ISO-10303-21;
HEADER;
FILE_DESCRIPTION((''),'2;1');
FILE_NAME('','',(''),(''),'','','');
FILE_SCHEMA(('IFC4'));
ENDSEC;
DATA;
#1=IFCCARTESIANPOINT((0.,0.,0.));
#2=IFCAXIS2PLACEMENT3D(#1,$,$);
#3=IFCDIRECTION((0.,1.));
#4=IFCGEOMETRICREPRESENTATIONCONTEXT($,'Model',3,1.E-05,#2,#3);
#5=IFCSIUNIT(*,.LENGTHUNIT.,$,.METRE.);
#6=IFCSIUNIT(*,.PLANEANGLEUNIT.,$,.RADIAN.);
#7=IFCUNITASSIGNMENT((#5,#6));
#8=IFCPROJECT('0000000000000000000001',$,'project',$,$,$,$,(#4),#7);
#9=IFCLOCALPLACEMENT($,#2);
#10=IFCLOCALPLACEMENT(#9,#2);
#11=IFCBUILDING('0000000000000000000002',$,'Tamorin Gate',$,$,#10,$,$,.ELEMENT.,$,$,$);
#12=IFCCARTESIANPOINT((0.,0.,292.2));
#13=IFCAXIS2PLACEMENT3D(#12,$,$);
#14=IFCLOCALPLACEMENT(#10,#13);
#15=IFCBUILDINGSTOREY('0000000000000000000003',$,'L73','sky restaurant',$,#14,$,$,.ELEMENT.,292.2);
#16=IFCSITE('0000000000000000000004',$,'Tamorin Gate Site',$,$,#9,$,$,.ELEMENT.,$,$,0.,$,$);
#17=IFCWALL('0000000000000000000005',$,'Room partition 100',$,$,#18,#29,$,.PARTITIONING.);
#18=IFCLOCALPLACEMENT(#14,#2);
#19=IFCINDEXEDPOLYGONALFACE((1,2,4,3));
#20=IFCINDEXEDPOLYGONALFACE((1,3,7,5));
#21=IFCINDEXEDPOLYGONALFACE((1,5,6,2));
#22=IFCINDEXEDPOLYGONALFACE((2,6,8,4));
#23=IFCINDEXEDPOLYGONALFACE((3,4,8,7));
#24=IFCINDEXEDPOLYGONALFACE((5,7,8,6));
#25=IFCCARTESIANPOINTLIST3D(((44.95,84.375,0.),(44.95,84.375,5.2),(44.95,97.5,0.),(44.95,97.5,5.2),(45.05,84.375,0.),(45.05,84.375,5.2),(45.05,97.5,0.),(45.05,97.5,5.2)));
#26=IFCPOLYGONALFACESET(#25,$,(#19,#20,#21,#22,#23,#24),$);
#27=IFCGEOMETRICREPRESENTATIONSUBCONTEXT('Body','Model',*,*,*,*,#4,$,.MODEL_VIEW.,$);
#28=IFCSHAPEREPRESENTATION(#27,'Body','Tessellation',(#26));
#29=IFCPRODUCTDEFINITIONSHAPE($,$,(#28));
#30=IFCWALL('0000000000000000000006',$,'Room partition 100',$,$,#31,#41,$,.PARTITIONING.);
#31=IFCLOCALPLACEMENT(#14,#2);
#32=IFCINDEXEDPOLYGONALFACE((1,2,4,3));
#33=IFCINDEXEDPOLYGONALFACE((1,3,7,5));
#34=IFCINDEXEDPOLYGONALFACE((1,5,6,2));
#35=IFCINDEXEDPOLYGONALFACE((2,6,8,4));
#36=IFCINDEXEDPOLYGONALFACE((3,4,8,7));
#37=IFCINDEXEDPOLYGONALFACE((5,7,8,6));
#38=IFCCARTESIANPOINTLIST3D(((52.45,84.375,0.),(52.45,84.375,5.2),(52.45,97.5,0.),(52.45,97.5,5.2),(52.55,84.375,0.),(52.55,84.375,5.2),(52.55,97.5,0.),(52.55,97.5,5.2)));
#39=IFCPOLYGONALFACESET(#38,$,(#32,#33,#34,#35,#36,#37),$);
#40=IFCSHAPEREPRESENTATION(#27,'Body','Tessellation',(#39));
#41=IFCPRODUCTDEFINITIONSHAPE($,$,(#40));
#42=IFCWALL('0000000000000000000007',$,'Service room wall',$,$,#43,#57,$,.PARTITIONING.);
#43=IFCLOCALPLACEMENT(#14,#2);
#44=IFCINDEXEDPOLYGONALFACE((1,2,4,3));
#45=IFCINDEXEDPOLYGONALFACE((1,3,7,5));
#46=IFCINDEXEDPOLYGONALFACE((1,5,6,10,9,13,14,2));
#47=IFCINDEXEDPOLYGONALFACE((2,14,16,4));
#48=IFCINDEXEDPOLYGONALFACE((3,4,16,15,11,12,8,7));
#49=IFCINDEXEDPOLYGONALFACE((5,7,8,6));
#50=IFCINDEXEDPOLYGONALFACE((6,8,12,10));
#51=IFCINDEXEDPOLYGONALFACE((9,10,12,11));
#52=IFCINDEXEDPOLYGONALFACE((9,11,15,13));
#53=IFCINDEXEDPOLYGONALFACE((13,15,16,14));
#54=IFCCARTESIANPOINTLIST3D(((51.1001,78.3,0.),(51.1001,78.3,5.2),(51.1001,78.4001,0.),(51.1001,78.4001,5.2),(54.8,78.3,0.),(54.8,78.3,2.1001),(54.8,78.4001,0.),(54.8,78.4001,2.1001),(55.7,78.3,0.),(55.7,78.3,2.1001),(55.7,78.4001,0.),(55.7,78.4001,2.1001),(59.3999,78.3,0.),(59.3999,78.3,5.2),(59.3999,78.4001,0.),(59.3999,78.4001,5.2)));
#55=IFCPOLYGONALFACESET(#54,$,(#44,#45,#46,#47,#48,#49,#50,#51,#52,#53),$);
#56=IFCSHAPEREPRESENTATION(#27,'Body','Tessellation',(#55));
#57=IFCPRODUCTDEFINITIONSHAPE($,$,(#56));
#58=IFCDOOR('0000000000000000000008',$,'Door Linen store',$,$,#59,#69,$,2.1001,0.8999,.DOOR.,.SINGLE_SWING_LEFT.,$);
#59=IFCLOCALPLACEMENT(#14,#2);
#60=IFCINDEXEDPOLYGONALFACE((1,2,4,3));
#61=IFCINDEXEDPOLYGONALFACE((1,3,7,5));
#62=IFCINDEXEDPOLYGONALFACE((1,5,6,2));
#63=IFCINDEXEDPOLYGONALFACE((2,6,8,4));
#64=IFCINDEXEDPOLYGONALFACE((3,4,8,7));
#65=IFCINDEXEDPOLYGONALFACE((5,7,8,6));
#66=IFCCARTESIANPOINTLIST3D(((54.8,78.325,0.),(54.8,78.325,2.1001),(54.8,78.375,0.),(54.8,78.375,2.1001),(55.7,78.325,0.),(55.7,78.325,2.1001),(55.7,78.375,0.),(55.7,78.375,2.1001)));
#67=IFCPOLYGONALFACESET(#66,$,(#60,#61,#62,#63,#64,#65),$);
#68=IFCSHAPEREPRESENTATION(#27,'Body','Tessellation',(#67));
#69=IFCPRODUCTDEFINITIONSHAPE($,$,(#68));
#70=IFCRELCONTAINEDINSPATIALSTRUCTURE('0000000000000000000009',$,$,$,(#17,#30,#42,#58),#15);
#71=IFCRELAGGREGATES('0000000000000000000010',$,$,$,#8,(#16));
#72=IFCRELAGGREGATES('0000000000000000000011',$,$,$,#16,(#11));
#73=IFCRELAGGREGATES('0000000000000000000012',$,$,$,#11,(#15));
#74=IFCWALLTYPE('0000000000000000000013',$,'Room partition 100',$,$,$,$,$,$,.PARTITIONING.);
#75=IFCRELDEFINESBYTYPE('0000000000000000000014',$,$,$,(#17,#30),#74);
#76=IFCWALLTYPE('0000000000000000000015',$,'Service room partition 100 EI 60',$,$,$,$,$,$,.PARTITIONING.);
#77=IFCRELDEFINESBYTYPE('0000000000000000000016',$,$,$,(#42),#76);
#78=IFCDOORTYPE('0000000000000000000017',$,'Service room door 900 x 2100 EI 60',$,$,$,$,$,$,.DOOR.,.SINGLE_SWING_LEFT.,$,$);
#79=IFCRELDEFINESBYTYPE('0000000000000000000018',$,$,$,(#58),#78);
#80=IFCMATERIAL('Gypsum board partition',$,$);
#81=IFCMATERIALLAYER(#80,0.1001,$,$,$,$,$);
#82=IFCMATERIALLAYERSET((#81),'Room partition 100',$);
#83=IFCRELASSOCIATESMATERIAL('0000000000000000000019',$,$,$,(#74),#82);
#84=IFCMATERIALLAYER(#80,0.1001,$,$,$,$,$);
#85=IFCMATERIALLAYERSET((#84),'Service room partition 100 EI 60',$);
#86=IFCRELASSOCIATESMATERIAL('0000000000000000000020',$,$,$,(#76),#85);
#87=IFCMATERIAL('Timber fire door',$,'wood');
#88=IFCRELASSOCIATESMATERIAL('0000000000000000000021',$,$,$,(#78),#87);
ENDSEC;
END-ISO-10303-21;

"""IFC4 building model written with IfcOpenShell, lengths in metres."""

from ifc_helpers import new_model, si_unit, direction, frame, frame_2d, origin, place, context, subcontext, project, spatial, rectangle, extrude, material, layer, layer_set, type_object, element, fill, save


model = new_model("IFC4")

# Units and contexts
model_context = context("Model", 3, precision=1e-05, world=origin(), true_north=direction((0.0, 1.0)))
body_context = subcontext(model_context, "Body", "Model", "MODEL_VIEW")
ifc_project = project(units=[si_unit("LENGTHUNIT", "METRE"), si_unit("PLANEANGLEUNIT", "RADIAN")], contexts=[model_context])

# Site, building, storey
site_placement = place(None, origin())
site = spatial("IfcSite", under=ifc_project, at=site_placement, Name="Tamorin Gate Site", CompositionType="ELEMENT", RefElevation=0.0)
building_placement = place(site_placement, origin())
building = spatial("IfcBuilding", under=site, at=building_placement, Name="Tamorin Gate", CompositionType="ELEMENT")
storey_placement = place(building_placement, frame((0.0, 0.0, 292.2)))
storey = spatial("IfcBuildingStorey", under=building, at=storey_placement, Name="L73", Description="sky restaurant", CompositionType="ELEMENT", Elevation=292.2)

# Shared definitions
ifc_material_1 = material(Name="Gypsum board partition")

# Walls
ifc_layer_1 = layer(ifc_material_1, 0.1001)
ifc_layer_set_1 = layer_set([ifc_layer_1], Name="Room partition 100")
wall_type_1 = type_object("IfcWallType", Name="Room partition 100", PredefinedType="PARTITIONING", material=ifc_layer_set_1)
for number, where, z_axis, x_axis, name in (
    (1, (45.0, 84.375, 0.0), (0.0, 0.0, 1.0), (0.0, 1.0, 0.0), "Room partition 100"),
    (2, (52.5, 84.375, 0.0), (0.0, 0.0, 1.0), (0.0, 1.0, 0.0), "Room partition 100"),
):
    element("IfcWall", number, at=place(storey_placement, frame(where, z_axis=z_axis, x_axis=x_axis)), inside=storey, type_object=wall_type_1, Name=name, PredefinedType="PARTITIONING", context=body_context, shape_type="SweptSolid", body=[
        extrude(rectangle(XDim=13.125, YDim=0.1001, at=frame_2d((6.5625, 0.0))), origin(), (0.0, 0.0, 1.0), 5.2),
    ])

# Wall, opening, door
ifc_layer_2 = layer(ifc_material_1, 0.1001)
ifc_layer_set_2 = layer_set([ifc_layer_2], Name="Service room partition 100 EI 60")
wall_type_2 = type_object("IfcWallType", Name="Service room partition 100 EI 60", PredefinedType="PARTITIONING", material=ifc_layer_set_2)
wall_1_placement = place(storey_placement, frame((51.1001, 78.3501, 0.0), z_axis=(0.0, 0.0, 1.0), x_axis=(1.0, 0.0, 0.0)))
wall_1 = element("IfcWall", 3, at=wall_1_placement, inside=storey, type_object=wall_type_2, Name="Service room wall", PredefinedType="PARTITIONING", context=body_context, shape_type="SweptSolid", body=[
    extrude(rectangle(XDim=8.2998, YDim=0.1001, at=frame_2d((4.1499, 0.0))), origin(), (0.0, 0.0, 1.0), 5.2),
])
opening_1_placement = place(wall_1_placement, frame((3.7, 0.0, 0.0)))
opening_1 = element("IfcOpeningElement", 4, at=opening_1_placement, cuts=wall_1, PredefinedType="OPENING", context=body_context, shape_type="SweptSolid", body=[
    extrude(rectangle(XDim=0.8999, YDim=2.1001, at=frame_2d((0.45, 1.05))), frame((0.0, 0.0601, 0.0), z_axis=(0.0, -1.0, 0.0), x_axis=(1.0, 0.0, 0.0)), (0.0, 0.0, 1.0), 0.1201),
])
ifc_material_2 = material(Name="Timber fire door", Category="wood")
door_type_1 = type_object("IfcDoorType", Name="Service room door 900 x 2100 EI 60", OperationType="SINGLE_SWING_LEFT", PredefinedType="DOOR", material=ifc_material_2)
door_1_placement = place(opening_1_placement, origin())
door_1 = element("IfcDoor", 5, at=door_1_placement, inside=storey, type_object=door_type_1, Name="Door Linen store", OperationType="SINGLE_SWING_LEFT", OverallHeight=2.1001, OverallWidth=0.8999, PredefinedType="DOOR", context=body_context, shape_type="SweptSolid", body=[
    extrude(rectangle(XDim=0.8999, YDim=2.1001, at=frame_2d((0.45, 1.05))), frame((0.0, 0.0249, 0.0), z_axis=(0.0, -1.0, 0.0), x_axis=(1.0, 0.0, 0.0)), (0.0, 0.0, 1.0), 0.05),
])
fill(opening_1, door_1)

save(model, "model.ifc")
